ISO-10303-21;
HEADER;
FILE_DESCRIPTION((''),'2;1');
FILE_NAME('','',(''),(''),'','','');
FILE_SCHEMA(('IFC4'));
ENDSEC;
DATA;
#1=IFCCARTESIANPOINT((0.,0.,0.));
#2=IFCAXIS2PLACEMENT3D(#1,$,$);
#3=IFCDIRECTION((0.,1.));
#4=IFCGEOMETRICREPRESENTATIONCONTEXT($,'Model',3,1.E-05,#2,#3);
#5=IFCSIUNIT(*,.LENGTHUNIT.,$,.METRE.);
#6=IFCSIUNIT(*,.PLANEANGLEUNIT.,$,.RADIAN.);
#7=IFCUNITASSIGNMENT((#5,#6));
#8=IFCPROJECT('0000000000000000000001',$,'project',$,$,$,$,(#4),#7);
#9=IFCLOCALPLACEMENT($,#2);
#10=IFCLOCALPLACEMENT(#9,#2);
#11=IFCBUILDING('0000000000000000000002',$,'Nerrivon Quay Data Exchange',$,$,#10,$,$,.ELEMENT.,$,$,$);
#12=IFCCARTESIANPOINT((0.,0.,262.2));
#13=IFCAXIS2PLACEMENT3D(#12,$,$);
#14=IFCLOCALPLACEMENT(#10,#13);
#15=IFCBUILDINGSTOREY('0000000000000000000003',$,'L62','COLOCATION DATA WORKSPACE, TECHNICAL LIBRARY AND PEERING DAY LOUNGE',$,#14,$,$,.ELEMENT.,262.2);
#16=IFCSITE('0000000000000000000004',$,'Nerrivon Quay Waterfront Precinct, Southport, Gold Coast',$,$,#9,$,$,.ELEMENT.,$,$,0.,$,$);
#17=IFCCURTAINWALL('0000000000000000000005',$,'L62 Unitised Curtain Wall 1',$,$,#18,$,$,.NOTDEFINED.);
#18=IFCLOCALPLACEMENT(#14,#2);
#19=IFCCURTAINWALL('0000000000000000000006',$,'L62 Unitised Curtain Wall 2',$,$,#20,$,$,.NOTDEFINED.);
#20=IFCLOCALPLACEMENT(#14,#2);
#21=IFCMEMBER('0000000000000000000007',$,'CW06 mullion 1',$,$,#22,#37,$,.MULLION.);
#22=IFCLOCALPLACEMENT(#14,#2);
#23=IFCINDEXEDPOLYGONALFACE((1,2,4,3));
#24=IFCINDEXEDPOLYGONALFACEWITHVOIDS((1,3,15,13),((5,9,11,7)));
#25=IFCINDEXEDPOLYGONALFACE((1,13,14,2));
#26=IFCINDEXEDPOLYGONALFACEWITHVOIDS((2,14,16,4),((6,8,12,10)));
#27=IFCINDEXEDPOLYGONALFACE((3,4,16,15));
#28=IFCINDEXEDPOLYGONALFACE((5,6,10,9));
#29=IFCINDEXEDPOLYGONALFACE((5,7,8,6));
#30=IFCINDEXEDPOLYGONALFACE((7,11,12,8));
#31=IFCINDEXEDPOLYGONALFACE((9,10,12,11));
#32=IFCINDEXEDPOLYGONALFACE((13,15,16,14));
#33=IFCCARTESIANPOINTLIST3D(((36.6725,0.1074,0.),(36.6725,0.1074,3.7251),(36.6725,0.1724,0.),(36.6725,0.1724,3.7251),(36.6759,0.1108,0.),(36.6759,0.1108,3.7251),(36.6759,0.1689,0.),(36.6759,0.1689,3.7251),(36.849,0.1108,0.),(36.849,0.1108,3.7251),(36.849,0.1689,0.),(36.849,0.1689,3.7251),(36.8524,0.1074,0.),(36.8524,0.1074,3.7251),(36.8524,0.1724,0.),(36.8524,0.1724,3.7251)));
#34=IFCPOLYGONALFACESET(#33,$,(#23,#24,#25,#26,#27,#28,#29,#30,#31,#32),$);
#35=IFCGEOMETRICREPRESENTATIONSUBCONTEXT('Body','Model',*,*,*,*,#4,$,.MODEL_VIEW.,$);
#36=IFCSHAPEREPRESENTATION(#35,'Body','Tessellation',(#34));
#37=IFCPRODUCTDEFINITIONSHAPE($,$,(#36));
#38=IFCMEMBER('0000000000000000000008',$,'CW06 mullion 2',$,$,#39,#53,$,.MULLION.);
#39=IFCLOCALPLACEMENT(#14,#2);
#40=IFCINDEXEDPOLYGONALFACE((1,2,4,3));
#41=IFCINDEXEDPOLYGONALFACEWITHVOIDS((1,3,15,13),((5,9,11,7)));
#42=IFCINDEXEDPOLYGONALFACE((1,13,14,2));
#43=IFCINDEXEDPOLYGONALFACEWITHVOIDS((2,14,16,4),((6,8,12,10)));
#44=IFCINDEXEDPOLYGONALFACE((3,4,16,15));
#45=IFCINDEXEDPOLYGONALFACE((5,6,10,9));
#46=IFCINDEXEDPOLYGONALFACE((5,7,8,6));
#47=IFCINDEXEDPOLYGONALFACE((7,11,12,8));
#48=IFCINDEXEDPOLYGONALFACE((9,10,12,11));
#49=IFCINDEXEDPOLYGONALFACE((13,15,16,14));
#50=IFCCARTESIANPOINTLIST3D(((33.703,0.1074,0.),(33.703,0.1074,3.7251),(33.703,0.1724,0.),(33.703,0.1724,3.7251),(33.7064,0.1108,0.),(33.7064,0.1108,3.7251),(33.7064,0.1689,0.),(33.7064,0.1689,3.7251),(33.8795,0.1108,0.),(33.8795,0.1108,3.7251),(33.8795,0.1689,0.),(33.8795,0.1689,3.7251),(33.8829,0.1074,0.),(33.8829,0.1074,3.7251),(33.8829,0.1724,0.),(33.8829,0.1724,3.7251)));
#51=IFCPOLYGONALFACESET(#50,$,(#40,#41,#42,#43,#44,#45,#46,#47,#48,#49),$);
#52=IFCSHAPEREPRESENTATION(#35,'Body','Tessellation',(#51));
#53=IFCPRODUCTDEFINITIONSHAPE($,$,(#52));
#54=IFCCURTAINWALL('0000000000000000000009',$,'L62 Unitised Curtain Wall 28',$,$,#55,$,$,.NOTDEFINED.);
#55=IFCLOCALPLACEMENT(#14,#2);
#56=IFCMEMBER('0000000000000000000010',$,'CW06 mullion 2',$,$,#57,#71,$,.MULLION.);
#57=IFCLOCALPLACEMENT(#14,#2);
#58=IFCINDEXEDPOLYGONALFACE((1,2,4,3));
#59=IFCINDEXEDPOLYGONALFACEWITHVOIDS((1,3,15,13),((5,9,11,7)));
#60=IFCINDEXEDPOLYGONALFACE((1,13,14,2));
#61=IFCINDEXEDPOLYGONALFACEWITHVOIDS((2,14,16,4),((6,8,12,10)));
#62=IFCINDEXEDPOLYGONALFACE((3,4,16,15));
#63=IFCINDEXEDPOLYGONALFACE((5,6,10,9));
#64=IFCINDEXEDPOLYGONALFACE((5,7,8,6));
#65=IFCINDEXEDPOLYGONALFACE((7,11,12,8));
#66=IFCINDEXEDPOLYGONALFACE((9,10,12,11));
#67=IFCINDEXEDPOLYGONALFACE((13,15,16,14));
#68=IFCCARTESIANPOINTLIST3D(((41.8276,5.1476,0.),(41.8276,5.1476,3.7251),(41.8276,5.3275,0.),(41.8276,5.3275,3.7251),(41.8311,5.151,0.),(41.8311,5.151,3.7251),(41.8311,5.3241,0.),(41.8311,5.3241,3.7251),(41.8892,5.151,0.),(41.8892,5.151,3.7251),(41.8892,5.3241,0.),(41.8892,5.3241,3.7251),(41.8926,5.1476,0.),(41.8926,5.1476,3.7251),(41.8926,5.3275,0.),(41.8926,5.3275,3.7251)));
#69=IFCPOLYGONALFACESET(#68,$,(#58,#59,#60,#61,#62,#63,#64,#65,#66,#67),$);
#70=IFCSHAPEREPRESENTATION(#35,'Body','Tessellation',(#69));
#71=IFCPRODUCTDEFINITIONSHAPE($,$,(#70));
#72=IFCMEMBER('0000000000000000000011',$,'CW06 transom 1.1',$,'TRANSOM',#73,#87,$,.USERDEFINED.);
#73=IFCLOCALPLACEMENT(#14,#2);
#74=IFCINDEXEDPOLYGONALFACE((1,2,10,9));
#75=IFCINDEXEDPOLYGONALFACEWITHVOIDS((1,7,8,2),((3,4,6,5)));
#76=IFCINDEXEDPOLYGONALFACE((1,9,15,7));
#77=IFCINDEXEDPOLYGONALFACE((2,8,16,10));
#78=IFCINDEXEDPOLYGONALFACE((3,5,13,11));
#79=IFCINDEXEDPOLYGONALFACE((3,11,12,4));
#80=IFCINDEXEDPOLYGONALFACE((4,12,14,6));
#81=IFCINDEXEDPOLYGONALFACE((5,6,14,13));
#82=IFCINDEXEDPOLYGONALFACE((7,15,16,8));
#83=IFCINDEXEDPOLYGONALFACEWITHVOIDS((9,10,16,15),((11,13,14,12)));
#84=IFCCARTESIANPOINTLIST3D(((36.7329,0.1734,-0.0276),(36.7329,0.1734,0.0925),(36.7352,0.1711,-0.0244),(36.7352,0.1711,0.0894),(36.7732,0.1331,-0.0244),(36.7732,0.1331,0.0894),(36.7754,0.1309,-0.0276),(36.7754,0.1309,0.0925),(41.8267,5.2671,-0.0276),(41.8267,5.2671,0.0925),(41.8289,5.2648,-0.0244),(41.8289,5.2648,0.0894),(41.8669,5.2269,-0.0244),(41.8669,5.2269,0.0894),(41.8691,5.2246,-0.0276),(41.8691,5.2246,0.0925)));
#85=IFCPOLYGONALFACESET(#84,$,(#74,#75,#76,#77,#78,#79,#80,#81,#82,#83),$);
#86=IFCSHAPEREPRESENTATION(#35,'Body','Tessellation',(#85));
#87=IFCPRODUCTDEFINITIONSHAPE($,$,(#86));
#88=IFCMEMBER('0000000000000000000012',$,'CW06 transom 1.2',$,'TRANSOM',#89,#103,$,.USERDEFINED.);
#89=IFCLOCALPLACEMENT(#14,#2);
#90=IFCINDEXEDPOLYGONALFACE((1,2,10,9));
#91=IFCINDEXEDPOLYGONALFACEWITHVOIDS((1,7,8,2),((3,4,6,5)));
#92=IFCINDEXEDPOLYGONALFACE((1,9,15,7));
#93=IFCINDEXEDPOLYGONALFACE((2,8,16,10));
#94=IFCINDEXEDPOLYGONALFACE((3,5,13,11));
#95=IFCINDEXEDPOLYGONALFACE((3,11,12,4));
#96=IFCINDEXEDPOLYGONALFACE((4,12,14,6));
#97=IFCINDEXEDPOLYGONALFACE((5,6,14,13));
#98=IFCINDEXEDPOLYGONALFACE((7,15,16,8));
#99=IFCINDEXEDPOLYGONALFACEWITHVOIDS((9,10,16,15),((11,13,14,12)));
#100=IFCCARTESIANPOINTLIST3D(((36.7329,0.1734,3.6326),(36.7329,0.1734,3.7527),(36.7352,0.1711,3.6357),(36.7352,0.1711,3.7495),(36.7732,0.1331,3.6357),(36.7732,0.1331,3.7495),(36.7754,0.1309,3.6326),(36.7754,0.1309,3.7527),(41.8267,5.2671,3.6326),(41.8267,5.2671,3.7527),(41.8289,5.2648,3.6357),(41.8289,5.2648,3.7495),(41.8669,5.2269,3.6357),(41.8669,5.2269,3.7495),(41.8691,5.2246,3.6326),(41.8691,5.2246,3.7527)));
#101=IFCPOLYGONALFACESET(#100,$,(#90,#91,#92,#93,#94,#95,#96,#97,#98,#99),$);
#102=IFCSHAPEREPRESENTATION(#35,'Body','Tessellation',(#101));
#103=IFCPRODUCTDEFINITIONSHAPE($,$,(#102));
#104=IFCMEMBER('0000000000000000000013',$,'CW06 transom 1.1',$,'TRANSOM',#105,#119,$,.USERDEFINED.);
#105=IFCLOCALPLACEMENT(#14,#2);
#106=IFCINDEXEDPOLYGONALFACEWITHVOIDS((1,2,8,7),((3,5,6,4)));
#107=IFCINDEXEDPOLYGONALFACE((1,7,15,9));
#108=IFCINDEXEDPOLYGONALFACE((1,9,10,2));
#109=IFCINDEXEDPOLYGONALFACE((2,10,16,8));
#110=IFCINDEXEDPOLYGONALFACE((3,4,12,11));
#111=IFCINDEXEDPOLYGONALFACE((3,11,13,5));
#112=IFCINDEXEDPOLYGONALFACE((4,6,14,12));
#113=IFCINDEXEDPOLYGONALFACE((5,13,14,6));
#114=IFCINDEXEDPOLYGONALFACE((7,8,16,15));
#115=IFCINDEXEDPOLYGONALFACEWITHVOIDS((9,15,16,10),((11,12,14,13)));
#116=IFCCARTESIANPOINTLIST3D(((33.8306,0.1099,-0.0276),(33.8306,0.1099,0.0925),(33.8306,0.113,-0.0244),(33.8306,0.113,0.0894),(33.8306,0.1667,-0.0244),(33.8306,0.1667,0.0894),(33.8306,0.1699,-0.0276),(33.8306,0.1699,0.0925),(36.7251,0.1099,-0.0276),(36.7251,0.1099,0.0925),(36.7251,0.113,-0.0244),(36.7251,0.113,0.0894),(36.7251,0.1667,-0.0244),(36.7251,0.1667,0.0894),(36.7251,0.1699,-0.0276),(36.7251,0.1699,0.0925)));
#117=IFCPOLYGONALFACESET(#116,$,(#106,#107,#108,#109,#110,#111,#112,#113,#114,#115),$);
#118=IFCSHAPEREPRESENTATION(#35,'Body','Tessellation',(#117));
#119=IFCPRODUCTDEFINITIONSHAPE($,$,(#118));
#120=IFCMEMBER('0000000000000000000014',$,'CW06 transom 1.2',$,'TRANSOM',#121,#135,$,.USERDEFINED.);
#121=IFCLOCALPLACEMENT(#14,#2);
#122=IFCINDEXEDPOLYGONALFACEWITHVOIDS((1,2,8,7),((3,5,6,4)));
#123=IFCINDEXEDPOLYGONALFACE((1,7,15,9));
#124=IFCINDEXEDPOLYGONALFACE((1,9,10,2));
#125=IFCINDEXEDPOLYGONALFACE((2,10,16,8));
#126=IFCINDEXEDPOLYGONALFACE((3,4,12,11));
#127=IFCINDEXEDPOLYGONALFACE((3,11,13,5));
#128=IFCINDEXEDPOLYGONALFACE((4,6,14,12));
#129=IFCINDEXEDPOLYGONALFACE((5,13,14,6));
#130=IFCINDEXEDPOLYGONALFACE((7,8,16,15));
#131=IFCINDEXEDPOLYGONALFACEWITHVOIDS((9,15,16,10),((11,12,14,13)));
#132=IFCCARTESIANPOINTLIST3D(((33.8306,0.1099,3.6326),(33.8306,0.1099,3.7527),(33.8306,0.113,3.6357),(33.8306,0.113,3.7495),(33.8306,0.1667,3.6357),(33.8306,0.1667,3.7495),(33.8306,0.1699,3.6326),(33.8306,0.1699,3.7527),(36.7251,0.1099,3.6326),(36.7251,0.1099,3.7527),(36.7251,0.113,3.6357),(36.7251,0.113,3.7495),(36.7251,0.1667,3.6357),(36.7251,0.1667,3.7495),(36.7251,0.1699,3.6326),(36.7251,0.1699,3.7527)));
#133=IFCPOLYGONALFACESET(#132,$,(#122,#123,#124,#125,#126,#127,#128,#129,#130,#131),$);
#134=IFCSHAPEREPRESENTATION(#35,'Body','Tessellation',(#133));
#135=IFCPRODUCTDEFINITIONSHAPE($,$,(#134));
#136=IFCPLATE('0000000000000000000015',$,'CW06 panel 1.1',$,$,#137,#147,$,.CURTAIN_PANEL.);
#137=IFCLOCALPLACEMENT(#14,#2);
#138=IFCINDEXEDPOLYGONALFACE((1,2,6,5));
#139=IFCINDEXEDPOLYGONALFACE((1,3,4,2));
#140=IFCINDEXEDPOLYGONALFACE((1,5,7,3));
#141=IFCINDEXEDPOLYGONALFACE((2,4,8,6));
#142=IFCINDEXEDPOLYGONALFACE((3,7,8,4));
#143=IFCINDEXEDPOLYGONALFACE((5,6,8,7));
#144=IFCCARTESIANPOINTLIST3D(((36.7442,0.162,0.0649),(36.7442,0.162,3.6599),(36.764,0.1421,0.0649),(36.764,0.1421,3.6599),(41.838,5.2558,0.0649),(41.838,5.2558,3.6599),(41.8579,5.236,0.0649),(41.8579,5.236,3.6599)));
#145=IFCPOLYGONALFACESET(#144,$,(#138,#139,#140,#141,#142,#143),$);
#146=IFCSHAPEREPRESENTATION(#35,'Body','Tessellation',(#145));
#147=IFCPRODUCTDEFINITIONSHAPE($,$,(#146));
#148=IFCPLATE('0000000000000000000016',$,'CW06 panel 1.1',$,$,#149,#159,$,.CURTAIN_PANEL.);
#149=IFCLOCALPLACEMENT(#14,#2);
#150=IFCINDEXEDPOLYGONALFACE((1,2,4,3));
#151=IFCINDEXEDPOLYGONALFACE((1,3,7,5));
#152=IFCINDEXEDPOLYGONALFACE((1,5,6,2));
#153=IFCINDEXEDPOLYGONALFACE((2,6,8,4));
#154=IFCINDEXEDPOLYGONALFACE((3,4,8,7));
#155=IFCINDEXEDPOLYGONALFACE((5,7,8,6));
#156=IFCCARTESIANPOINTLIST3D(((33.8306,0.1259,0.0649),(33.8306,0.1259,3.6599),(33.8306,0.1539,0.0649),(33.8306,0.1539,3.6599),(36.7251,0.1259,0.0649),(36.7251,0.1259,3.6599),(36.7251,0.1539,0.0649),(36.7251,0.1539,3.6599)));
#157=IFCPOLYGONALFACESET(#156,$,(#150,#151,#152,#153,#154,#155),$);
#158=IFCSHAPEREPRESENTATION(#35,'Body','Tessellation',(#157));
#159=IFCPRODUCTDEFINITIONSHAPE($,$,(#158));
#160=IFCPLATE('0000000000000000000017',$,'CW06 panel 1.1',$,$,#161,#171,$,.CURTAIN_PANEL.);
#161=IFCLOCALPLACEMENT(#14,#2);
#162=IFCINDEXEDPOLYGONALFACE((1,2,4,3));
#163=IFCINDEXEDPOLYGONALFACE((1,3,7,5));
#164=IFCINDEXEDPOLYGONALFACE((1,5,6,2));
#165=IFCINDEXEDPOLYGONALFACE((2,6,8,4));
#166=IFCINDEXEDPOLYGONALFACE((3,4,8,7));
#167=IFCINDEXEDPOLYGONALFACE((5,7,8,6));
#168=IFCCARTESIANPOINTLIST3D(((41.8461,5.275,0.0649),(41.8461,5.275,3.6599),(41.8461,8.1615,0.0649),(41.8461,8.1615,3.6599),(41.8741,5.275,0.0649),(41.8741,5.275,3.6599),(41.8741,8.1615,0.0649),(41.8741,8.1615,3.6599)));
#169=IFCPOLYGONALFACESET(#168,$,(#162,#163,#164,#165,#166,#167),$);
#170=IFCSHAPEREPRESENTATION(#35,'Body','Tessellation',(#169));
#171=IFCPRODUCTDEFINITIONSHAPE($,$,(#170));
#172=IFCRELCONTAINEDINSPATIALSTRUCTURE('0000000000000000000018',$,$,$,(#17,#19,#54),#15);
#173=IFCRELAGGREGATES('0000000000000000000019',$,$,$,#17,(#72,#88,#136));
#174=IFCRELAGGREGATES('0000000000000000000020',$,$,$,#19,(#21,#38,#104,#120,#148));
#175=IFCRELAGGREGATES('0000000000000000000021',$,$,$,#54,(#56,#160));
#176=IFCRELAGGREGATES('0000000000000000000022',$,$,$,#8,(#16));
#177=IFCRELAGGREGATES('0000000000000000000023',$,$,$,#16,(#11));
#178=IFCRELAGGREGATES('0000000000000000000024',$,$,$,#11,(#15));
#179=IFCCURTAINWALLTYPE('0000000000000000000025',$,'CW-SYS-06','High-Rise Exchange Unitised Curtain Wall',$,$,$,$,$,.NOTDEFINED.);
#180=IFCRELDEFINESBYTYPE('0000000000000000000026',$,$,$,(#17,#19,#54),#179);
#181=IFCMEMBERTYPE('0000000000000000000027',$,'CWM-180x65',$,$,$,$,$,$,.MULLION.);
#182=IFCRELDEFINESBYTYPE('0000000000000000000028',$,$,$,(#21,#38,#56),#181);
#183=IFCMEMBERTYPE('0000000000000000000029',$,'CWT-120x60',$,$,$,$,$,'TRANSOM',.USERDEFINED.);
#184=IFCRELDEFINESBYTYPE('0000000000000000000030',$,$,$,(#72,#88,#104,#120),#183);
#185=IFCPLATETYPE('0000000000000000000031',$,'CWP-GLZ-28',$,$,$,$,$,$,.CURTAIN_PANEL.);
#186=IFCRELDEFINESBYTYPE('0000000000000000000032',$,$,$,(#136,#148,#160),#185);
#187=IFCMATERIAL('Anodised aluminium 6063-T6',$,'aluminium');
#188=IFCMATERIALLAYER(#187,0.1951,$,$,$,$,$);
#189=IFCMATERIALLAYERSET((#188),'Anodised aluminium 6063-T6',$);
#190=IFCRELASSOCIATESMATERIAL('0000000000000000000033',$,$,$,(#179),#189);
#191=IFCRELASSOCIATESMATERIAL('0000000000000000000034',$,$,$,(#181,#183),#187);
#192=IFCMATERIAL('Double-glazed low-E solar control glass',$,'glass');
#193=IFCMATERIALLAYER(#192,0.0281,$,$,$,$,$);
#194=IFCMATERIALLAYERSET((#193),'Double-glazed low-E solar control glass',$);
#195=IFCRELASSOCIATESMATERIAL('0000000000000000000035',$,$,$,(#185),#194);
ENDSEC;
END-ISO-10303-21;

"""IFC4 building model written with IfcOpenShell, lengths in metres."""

from ifc_helpers import new_model, si_unit, direction, frame, origin, origin_2d, place, context, subcontext, project, spatial, rectangle, hollow_rectangle, extrude, material, layer, layer_set, material_profile, profile_set, type_object, element, aggregate, save


model = new_model("IFC4")

# Units and contexts
model_context = context("Model", 3, precision=1e-05, world=origin(), true_north=direction((0.0, 1.0)))
body_context = subcontext(model_context, "Body", "Model", "MODEL_VIEW")
ifc_project = project(units=[si_unit("LENGTHUNIT", "METRE"), si_unit("PLANEANGLEUNIT", "RADIAN")], contexts=[model_context])

# Site, building, storey
site_placement = place(None, origin())
site = spatial("IfcSite", under=ifc_project, at=site_placement, Name="Nerrivon Quay Waterfront Precinct, Southport, Gold Coast", CompositionType="ELEMENT", RefElevation=0.0)
building_placement = place(site_placement, origin())
building = spatial("IfcBuilding", under=site, at=building_placement, Name="Nerrivon Quay Data Exchange", CompositionType="ELEMENT")
storey_placement = place(building_placement, frame((0.0, 0.0, 262.2)))
storey = spatial("IfcBuildingStorey", under=building, at=storey_placement, Name="L62", Description="COLOCATION DATA WORKSPACE, TECHNICAL LIBRARY AND PEERING DAY LOUNGE", CompositionType="ELEMENT", Elevation=262.2)

# Curtain walls, members
ifc_material_1 = material(Name="Anodised aluminium 6063-T6", Category="aluminium")
ifc_layer_1 = layer(ifc_material_1, 0.1951)
ifc_layer_set_1 = layer_set([ifc_layer_1], Name="Anodised aluminium 6063-T6")
curtain_wall_type = type_object("IfcCurtainWallType", Name="CW-SYS-06", Description="High-Rise Exchange Unitised Curtain Wall", PredefinedType="NOTDEFINED", material=ifc_layer_set_1)
curtain_wall_1_placement = place(storey_placement, origin())
curtain_wall_1 = element("IfcCurtainWall", 1, at=curtain_wall_1_placement, inside=storey, type_object=curtain_wall_type, Name="L62 Unitised Curtain Wall 1", PredefinedType="NOTDEFINED")
ifc_material_profile_1 = material_profile(ifc_material_1, hollow_rectangle(XDim=0.0649, YDim=0.1799, WallThickness=0.0034, at=origin_2d()), Name="ALU-MULL-180x65")
ifc_profile_set_1 = profile_set([ifc_material_profile_1], Name="Anodised aluminium 6063-T6")
member_type_1 = type_object("IfcMemberType", Name="CWM-180x65", PredefinedType="MULLION", material=ifc_profile_set_1)
curtain_wall_2_placement = place(storey_placement, origin())
curtain_wall_2 = element("IfcCurtainWall", 2, at=curtain_wall_2_placement, inside=storey, type_object=curtain_wall_type, Name="L62 Unitised Curtain Wall 2", PredefinedType="NOTDEFINED")
member_1_placement = place(storey_placement, frame((36.7625, 0.1399, 0.0), z_axis=(0.0, 0.0, 1.0), x_axis=(0.0, -1.0, 0.0)))
member_1 = element("IfcMember", 3, at=member_1_placement, type_object=member_type_1, Name="CW06 mullion 1", PredefinedType="MULLION", context=body_context, shape_type="SweptSolid", body=[
    extrude(hollow_rectangle(XDim=0.0649, YDim=0.1799, WallThickness=0.0034, at=origin_2d()), origin(), (0.0, 0.0, 1.0), 3.7251),
])
member_2_placement = place(storey_placement, frame((33.793, 0.1399, 0.0), z_axis=(0.0, 0.0, 1.0), x_axis=(0.0, -1.0, 0.0)))
member_2 = element("IfcMember", 4, at=member_2_placement, type_object=member_type_1, Name="CW06 mullion 2", PredefinedType="MULLION", context=body_context, shape_type="SweptSolid", body=[
    extrude(hollow_rectangle(XDim=0.0649, YDim=0.1799, WallThickness=0.0034, at=origin_2d()), origin(), (0.0, 0.0, 1.0), 3.7251),
])

# Curtain wall, member
curtain_wall_3_placement = place(storey_placement, origin())
curtain_wall_3 = element("IfcCurtainWall", 5, at=curtain_wall_3_placement, inside=storey, type_object=curtain_wall_type, Name="L62 Unitised Curtain Wall 28", PredefinedType="NOTDEFINED")
member_3_placement = place(storey_placement, frame((41.8601, 5.2375, 0.0), z_axis=(0.0, 0.0, 1.0), x_axis=(1.0, 0.0, 0.0)))
member_3 = element("IfcMember", 6, at=member_3_placement, type_object=member_type_1, Name="CW06 mullion 2", PredefinedType="MULLION", context=body_context, shape_type="SweptSolid", body=[
    extrude(hollow_rectangle(XDim=0.0649, YDim=0.1799, WallThickness=0.0034, at=origin_2d()), origin(), (0.0, 0.0, 1.0), 3.7251),
])

# Members
ifc_material_profile_2 = material_profile(ifc_material_1, hollow_rectangle(XDim=0.0601, YDim=0.1201, WallThickness=0.0032, at=origin_2d()), Name="ALU-TRAN-120x60")
ifc_profile_set_2 = profile_set([ifc_material_profile_2], Name="Anodised aluminium 6063-T6")
member_type_2 = type_object("IfcMemberType", Name="CWT-120x60", ElementType="TRANSOM", PredefinedType="USERDEFINED", material=ifc_profile_set_2)
member_4_placement = place(storey_placement, frame((41.8479, 5.2458, 0.0325), z_axis=(-0.707107, -0.707107, 0.0), x_axis=(0.707107, -0.707107, 0.0)))
member_4 = element("IfcMember", 7, at=member_4_placement, type_object=member_type_2, Name="CW06 transom 1.1", ObjectType="TRANSOM", PredefinedType="USERDEFINED", context=body_context, shape_type="SweptSolid", body=[
    extrude(hollow_rectangle(XDim=0.0601, YDim=0.1201, WallThickness=0.0032, at=origin_2d()), origin(), (0.0, 0.0, 1.0), 7.2036),
])
member_5_placement = place(storey_placement, frame((41.8479, 5.2458, 3.6926), z_axis=(-0.707107, -0.707107, 0.0), x_axis=(0.707107, -0.707107, 0.0)))
member_5 = element("IfcMember", 8, at=member_5_placement, type_object=member_type_2, Name="CW06 transom 1.2", ObjectType="TRANSOM", PredefinedType="USERDEFINED", context=body_context, shape_type="SweptSolid", body=[
    extrude(hollow_rectangle(XDim=0.0601, YDim=0.1201, WallThickness=0.0032, at=origin_2d()), origin(), (0.0, 0.0, 1.0), 7.2036),
])
member_6_placement = place(storey_placement, frame((36.7251, 0.1399, 0.0325), z_axis=(-1.0, 0.0, 0.0), x_axis=(0.0, -1.0, 0.0)))
member_6 = element("IfcMember", 9, at=member_6_placement, type_object=member_type_2, Name="CW06 transom 1.1", ObjectType="TRANSOM", PredefinedType="USERDEFINED", context=body_context, shape_type="SweptSolid", body=[
    extrude(hollow_rectangle(XDim=0.0601, YDim=0.1201, WallThickness=0.0032, at=origin_2d()), origin(), (0.0, 0.0, 1.0), 2.8945),
])
member_7_placement = place(storey_placement, frame((36.7251, 0.1399, 3.6926), z_axis=(-1.0, 0.0, 0.0), x_axis=(0.0, -1.0, 0.0)))
member_7 = element("IfcMember", 10, at=member_7_placement, type_object=member_type_2, Name="CW06 transom 1.2", ObjectType="TRANSOM", PredefinedType="USERDEFINED", context=body_context, shape_type="SweptSolid", body=[
    extrude(hollow_rectangle(XDim=0.0601, YDim=0.1201, WallThickness=0.0032, at=origin_2d()), origin(), (0.0, 0.0, 1.0), 2.8945),
])

# Plates
ifc_material_2 = material(Name="Double-glazed low-E solar control glass", Category="glass")
ifc_layer_2 = layer(ifc_material_2, 0.0281)
ifc_layer_set_2 = layer_set([ifc_layer_2], Name="Double-glazed low-E solar control glass")
plate_type = type_object("IfcPlateType", Name="CWP-GLZ-28", PredefinedType="CURTAIN_PANEL", material=ifc_layer_set_2)
plate_1_placement = place(storey_placement, frame((39.301, 2.699, 0.0649), z_axis=(0.0, 0.0, 1.0), x_axis=(-0.707107, -0.707107, 0.0)))
plate_1 = element("IfcPlate", 11, at=plate_1_placement, type_object=plate_type, Name="CW06 panel 1.1", PredefinedType="CURTAIN_PANEL", context=body_context, shape_type="SweptSolid", body=[
    extrude(rectangle(XDim=7.2039, YDim=0.0281, at=origin_2d()), origin(), (0.0, 0.0, 1.0), 3.595),
])
aggregate(curtain_wall_1, [member_4, member_5, plate_1])
plate_2_placement = place(storey_placement, frame((35.2778, 0.1399, 0.0649), z_axis=(0.0, 0.0, 1.0), x_axis=(-1.0, 0.0, 0.0)))
plate_2 = element("IfcPlate", 12, at=plate_2_placement, type_object=plate_type, Name="CW06 panel 1.1", PredefinedType="CURTAIN_PANEL", context=body_context, shape_type="SweptSolid", body=[
    extrude(rectangle(XDim=2.8945, YDim=0.0281, at=origin_2d()), origin(), (0.0, 0.0, 1.0), 3.595),
])
aggregate(curtain_wall_2, [member_1, member_2, member_6, member_7, plate_2])
plate_3_placement = place(storey_placement, frame((41.8601, 6.7183, 0.0649), z_axis=(0.0, 0.0, 1.0), x_axis=(0.0, -1.0, 0.0)))
plate_3 = element("IfcPlate", 13, at=plate_3_placement, type_object=plate_type, Name="CW06 panel 1.1", PredefinedType="CURTAIN_PANEL", context=body_context, shape_type="SweptSolid", body=[
    extrude(rectangle(XDim=2.8865, YDim=0.0281, at=origin_2d()), origin(), (0.0, 0.0, 1.0), 3.595),
])
aggregate(curtain_wall_3, [member_3, plate_3])

save(model, "model.ifc")
